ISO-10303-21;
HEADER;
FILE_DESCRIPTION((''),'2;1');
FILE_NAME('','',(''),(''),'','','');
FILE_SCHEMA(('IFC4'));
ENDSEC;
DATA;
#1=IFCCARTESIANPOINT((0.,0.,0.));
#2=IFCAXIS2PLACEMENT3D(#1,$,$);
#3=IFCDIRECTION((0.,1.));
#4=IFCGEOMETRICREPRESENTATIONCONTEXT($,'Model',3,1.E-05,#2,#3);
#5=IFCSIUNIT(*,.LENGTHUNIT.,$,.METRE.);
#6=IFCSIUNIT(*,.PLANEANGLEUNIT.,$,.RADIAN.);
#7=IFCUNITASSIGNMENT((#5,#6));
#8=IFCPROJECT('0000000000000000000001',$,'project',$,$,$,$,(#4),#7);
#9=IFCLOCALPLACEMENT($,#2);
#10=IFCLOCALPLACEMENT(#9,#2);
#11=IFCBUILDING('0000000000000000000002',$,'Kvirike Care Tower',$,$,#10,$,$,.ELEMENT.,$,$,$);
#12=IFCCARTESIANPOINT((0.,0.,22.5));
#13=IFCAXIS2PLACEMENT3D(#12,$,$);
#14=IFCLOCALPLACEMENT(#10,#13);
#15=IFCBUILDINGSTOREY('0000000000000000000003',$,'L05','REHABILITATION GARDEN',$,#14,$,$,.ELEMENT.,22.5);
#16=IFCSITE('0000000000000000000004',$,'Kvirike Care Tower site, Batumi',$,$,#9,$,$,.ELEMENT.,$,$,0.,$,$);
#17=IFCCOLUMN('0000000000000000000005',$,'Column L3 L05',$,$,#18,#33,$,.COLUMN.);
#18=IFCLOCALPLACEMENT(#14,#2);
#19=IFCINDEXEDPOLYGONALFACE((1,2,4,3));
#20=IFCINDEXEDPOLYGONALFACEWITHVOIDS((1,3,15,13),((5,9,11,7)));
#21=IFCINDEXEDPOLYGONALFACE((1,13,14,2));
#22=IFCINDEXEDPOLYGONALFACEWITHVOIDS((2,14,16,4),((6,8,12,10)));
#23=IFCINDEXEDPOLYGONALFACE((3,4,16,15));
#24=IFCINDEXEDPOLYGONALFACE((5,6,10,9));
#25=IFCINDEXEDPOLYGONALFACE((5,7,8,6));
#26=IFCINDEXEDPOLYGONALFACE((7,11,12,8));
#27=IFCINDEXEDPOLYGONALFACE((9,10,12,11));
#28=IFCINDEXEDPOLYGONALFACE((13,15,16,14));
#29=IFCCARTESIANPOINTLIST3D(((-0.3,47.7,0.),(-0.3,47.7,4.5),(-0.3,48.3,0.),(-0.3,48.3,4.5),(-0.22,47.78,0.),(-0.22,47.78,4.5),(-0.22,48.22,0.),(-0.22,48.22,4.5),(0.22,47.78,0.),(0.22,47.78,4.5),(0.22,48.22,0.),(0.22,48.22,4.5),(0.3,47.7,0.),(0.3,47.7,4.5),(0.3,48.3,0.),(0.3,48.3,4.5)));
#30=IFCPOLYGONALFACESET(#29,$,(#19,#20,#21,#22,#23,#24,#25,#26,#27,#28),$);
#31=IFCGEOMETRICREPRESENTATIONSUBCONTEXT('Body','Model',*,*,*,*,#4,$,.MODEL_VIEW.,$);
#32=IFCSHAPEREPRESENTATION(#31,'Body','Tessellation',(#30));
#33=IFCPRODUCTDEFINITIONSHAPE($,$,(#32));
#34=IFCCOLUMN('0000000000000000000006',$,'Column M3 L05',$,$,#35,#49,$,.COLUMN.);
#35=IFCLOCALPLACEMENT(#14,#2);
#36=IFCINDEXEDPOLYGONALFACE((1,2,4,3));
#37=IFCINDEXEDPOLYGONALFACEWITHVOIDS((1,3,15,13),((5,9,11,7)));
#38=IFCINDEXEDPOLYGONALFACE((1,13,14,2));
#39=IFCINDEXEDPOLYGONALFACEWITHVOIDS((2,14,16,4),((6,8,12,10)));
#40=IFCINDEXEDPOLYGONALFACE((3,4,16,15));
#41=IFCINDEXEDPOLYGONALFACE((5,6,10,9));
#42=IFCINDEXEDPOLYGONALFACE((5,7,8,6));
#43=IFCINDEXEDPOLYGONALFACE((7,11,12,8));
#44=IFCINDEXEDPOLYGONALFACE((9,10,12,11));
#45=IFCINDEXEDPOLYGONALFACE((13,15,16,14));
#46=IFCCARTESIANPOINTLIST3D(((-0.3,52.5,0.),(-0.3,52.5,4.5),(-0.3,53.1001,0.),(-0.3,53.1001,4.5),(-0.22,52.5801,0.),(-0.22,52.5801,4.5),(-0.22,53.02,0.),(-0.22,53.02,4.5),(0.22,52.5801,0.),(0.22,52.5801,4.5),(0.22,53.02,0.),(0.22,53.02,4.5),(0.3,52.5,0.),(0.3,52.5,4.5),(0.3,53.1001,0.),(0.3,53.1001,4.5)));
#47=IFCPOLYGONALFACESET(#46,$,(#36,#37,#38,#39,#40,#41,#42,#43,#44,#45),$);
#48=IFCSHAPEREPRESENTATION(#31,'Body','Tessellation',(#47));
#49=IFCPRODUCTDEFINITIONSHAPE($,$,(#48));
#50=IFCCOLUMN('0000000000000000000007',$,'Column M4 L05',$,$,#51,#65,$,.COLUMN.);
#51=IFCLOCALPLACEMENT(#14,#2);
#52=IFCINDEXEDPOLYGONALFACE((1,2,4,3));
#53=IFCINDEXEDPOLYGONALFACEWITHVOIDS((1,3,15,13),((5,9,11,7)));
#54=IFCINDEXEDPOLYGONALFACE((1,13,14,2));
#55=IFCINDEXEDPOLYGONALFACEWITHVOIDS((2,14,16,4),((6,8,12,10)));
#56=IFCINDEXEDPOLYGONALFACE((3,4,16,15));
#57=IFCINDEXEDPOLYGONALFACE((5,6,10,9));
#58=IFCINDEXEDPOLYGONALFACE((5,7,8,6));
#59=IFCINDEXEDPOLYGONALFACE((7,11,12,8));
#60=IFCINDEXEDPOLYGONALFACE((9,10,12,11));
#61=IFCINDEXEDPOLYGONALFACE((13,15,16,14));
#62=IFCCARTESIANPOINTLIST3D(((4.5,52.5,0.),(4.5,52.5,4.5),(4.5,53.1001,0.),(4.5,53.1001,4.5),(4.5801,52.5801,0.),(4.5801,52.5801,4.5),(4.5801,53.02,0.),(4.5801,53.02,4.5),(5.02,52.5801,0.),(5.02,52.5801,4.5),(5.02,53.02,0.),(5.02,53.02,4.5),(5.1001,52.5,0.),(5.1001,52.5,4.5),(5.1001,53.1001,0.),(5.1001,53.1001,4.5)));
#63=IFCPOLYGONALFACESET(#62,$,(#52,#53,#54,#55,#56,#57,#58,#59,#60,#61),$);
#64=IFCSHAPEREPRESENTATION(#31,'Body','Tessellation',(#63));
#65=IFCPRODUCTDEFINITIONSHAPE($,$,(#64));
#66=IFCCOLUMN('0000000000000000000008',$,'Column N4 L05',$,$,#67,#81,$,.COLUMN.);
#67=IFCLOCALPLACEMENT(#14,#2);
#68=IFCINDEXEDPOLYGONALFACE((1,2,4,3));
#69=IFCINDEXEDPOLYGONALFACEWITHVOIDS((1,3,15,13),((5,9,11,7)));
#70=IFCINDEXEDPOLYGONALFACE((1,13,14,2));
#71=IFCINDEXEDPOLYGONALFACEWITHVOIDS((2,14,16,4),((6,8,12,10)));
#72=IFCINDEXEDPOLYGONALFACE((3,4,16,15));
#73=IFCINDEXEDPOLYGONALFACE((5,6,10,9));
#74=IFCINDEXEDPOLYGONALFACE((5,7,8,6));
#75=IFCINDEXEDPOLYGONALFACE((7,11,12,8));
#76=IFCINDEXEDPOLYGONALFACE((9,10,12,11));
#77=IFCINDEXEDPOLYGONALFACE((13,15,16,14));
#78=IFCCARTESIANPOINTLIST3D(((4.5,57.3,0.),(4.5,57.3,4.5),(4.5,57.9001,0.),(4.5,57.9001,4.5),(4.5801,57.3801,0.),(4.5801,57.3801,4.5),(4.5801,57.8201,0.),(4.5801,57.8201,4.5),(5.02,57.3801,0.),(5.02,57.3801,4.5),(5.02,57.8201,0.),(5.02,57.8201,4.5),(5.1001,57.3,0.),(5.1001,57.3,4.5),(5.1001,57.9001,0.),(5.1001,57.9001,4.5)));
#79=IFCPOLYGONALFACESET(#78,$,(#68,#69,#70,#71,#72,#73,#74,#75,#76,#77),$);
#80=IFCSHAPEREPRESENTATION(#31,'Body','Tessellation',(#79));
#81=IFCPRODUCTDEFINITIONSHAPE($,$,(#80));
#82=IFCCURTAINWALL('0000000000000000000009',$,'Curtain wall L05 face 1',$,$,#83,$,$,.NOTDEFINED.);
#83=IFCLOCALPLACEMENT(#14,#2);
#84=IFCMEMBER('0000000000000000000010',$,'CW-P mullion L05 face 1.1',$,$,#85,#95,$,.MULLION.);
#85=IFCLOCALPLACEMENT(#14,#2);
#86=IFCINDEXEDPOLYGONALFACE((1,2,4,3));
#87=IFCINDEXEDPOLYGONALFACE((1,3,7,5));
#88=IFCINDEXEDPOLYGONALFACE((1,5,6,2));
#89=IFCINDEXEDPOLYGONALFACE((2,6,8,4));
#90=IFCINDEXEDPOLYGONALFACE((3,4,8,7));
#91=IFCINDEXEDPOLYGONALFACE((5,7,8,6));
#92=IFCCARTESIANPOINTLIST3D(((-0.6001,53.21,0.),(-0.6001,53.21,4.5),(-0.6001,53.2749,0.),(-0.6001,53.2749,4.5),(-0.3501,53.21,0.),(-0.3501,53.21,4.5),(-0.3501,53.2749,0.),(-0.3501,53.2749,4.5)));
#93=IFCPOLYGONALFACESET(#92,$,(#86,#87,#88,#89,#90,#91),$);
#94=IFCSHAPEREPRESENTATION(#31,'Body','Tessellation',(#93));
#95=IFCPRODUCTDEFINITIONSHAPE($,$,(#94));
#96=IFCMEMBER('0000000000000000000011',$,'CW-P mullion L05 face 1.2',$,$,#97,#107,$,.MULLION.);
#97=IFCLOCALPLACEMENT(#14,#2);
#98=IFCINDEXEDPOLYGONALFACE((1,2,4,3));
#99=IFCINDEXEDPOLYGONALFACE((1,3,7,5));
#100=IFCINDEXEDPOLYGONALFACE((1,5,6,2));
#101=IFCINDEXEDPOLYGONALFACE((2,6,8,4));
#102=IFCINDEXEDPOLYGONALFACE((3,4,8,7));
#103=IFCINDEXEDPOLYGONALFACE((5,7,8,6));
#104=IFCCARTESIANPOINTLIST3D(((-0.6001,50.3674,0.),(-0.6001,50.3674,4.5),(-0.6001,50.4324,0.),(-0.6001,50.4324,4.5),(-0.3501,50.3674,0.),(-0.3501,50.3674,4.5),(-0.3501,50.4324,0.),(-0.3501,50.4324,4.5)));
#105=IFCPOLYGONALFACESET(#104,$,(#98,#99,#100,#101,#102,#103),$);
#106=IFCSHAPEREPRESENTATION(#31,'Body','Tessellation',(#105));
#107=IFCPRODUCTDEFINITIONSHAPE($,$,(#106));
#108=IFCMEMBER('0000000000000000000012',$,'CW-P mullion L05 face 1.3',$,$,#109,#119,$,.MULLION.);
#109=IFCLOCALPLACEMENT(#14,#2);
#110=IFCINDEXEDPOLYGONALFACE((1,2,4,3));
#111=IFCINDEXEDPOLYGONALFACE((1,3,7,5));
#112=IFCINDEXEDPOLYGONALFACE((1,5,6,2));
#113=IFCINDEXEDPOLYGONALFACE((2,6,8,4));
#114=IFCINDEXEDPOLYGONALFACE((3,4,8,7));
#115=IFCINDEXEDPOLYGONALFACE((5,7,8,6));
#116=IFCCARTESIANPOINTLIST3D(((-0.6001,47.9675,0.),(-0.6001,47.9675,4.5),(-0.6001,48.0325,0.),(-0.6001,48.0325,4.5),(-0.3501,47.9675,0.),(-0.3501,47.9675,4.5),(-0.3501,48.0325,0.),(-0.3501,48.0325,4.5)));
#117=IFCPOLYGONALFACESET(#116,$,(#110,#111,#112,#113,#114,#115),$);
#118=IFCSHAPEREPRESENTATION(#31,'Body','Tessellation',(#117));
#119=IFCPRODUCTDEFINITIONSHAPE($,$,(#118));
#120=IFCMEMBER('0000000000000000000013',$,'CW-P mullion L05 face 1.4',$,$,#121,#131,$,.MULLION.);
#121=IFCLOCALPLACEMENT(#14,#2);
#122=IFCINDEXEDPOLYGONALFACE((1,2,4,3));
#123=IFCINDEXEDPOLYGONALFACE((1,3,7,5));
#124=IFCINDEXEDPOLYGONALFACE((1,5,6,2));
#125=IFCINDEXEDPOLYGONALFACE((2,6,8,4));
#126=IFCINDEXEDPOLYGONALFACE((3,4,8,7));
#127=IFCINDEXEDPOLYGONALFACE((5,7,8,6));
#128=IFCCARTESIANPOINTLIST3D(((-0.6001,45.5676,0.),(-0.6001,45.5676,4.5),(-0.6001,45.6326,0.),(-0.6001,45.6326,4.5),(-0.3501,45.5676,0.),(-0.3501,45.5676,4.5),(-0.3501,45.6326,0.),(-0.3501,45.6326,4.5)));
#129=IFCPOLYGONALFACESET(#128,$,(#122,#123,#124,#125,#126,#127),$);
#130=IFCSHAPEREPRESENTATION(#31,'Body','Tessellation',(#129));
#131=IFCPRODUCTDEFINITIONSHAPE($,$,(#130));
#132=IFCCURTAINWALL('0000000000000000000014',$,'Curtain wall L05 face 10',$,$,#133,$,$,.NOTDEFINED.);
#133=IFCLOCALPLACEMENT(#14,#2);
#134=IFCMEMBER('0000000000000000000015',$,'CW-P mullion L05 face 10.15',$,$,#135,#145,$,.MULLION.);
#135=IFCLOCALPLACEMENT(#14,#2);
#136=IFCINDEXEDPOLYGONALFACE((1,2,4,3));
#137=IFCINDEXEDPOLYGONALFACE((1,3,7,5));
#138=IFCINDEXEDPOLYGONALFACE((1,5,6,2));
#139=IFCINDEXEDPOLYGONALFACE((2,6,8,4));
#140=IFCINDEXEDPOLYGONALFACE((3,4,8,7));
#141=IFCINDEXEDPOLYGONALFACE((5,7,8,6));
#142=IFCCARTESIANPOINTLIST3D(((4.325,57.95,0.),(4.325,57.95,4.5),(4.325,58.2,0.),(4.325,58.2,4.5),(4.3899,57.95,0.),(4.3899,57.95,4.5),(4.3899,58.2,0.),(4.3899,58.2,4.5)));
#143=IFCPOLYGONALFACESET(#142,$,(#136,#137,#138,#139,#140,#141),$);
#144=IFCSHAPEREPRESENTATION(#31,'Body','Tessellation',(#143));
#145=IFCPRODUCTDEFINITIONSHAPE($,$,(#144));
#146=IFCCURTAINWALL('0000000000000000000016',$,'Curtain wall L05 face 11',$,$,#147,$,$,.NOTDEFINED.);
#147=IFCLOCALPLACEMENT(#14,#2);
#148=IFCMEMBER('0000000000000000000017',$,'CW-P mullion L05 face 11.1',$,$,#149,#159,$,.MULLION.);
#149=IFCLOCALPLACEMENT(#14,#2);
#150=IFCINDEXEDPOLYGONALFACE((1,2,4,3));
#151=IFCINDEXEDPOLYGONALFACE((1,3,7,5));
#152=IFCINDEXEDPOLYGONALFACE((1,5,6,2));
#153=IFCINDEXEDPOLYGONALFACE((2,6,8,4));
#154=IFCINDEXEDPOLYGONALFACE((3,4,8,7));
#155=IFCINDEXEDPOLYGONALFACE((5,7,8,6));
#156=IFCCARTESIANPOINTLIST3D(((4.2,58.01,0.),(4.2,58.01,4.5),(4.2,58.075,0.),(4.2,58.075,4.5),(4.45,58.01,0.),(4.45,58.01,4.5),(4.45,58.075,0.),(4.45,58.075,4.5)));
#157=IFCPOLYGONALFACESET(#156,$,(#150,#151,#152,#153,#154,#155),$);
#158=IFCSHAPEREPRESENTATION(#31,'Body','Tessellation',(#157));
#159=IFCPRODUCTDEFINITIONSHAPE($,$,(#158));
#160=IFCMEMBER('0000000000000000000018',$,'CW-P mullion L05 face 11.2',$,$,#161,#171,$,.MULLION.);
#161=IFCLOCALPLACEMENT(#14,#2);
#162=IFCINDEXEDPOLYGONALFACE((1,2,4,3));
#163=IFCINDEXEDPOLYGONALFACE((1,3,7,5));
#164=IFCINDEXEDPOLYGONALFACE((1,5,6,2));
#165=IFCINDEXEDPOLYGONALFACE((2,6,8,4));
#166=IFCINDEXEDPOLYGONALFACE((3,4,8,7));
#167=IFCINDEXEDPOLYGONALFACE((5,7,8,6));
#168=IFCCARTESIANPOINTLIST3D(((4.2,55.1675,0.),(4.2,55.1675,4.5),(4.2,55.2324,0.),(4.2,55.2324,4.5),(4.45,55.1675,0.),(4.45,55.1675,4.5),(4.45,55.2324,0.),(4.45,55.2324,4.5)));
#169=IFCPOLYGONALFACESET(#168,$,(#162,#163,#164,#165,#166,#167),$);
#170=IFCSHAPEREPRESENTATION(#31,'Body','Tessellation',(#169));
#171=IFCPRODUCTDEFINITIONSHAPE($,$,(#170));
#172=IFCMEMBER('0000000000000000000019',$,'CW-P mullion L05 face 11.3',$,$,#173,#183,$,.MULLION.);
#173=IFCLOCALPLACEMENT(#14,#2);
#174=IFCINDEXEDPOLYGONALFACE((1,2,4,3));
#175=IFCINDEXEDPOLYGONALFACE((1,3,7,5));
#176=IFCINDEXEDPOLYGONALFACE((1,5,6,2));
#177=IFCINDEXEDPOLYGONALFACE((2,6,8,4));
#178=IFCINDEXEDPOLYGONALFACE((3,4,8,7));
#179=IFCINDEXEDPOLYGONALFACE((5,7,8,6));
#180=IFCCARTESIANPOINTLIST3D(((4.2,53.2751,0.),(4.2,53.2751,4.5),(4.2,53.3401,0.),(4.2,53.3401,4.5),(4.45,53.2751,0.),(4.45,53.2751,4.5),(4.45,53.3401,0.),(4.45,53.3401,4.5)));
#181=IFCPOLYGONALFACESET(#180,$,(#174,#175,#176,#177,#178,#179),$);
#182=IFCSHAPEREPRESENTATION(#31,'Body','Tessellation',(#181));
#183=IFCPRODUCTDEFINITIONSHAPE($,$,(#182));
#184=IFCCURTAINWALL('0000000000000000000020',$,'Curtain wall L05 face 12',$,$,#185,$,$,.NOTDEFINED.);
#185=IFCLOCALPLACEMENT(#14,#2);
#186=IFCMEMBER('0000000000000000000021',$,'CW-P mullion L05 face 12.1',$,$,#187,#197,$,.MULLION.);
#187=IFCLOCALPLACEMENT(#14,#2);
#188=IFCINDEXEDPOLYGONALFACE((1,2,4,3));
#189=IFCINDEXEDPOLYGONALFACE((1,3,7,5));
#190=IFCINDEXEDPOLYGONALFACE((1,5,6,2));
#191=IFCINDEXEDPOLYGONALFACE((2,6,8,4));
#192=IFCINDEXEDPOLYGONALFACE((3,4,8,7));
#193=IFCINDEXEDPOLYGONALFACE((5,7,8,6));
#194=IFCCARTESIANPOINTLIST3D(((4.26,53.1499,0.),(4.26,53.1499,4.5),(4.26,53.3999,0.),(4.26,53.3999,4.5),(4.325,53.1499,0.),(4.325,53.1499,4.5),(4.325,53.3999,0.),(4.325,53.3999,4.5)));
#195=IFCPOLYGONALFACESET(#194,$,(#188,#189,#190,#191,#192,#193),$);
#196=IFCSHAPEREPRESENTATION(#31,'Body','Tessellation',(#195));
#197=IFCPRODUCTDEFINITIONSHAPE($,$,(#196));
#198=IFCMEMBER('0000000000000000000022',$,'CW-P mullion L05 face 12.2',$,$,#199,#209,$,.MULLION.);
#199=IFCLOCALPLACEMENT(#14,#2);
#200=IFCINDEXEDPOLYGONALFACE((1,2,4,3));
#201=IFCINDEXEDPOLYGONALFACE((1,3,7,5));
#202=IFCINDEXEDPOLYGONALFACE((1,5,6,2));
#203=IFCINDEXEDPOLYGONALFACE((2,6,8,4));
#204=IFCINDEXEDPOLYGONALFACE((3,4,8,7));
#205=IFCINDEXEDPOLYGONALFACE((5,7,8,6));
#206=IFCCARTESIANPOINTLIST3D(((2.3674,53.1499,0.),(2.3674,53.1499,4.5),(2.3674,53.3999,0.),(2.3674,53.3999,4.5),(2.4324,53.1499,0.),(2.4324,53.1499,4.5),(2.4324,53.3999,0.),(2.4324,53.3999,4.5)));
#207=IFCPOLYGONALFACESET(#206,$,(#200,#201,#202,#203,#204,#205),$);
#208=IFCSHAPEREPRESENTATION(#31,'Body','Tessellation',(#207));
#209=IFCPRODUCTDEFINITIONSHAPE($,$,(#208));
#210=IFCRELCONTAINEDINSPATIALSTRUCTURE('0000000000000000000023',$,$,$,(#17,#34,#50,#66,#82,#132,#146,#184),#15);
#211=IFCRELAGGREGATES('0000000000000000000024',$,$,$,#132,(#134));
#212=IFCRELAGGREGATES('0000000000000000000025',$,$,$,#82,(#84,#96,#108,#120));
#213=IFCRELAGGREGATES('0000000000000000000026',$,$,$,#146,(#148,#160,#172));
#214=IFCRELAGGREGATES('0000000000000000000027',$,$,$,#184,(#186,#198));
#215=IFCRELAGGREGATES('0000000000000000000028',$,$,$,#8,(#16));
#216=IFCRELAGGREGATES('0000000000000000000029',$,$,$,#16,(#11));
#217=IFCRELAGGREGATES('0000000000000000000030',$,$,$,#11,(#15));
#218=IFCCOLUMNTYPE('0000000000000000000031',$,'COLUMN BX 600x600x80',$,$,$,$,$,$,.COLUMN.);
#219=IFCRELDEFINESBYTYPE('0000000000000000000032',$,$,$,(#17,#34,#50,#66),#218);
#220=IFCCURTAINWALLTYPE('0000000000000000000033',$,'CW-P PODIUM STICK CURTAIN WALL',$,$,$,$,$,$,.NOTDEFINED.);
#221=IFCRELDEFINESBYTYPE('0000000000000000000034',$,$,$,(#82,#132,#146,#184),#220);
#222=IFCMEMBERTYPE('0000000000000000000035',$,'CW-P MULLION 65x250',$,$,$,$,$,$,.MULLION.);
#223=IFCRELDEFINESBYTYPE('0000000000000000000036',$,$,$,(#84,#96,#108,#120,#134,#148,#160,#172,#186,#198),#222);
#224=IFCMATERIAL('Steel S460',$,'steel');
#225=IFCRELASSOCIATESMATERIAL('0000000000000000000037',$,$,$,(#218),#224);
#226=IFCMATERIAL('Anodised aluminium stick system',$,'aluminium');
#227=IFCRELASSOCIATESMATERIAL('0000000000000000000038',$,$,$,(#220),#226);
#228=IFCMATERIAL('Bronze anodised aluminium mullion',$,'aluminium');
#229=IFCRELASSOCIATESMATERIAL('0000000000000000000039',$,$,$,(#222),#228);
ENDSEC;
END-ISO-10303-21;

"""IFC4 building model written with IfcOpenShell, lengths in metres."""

from ifc_helpers import new_model, si_unit, direction, frame, origin, origin_2d, place, context, subcontext, project, spatial, rectangle, hollow_rectangle, extrude, material, material_profile, profile_set, type_object, element, aggregate, save


model = new_model("IFC4")

# Units and contexts
model_context = context("Model", 3, precision=1e-05, world=origin(), true_north=direction((0.0, 1.0)))
body_context = subcontext(model_context, "Body", "Model", "MODEL_VIEW")
ifc_project = project(units=[si_unit("LENGTHUNIT", "METRE"), si_unit("PLANEANGLEUNIT", "RADIAN")], contexts=[model_context])

# Site, building, storey
site_placement = place(None, origin())
site = spatial("IfcSite", under=ifc_project, at=site_placement, Name="Kvirike Care Tower site, Batumi", CompositionType="ELEMENT", RefElevation=0.0)
building_placement = place(site_placement, origin())
building = spatial("IfcBuilding", under=site, at=building_placement, Name="Kvirike Care Tower", CompositionType="ELEMENT")
storey_placement = place(building_placement, frame((0.0, 0.0, 22.5)))
storey = spatial("IfcBuildingStorey", under=building, at=storey_placement, Name="L05", Description="REHABILITATION GARDEN", CompositionType="ELEMENT", Elevation=22.5)

# Columns
ifc_material_1 = material(Name="Steel S460", Category="steel")
ifc_material_profile_1 = material_profile(ifc_material_1, hollow_rectangle(XDim=0.6001, YDim=0.6001, WallThickness=0.0801, at=origin_2d()), Name="BX 600x600x80")
ifc_profile_set_1 = profile_set([ifc_material_profile_1], Name="Steel S460")
column_type = type_object("IfcColumnType", Name="COLUMN BX 600x600x80", PredefinedType="COLUMN", material=ifc_profile_set_1)
for number, where, z_axis, x_axis, name in (
    (1, (0.0, 48.0, 0.0), (0.0, 0.0, 1.0), (1.0, 0.0, 0.0), "Column L3 L05"),
    (2, (0.0, 52.8, 0.0), (0.0, 0.0, 1.0), (0.0, 1.0, 0.0), "Column M3 L05"),
    (3, (4.8, 52.8, 0.0), (0.0, 0.0, 1.0), (0.0, 1.0, 0.0), "Column M4 L05"),
    (4, (4.8, 57.6001, 0.0), (0.0, 0.0, 1.0), (0.0, 1.0, 0.0), "Column N4 L05"),
):
    element("IfcColumn", number, at=place(storey_placement, frame(where, z_axis=z_axis, x_axis=x_axis)), inside=storey, type_object=column_type, Name=name, PredefinedType="COLUMN", context=body_context, shape_type="SweptSolid", body=[
        extrude(hollow_rectangle(XDim=0.6001, YDim=0.6001, WallThickness=0.0801, at=origin_2d()), origin(), (0.0, 0.0, 1.0), 4.5),
    ])

# Curtain wall, members
ifc_material_2 = material(Name="Anodised aluminium stick system", Category="aluminium")
curtain_wall_type = type_object("IfcCurtainWallType", Name="CW-P PODIUM STICK CURTAIN WALL", PredefinedType="NOTDEFINED", material=ifc_material_2)
curtain_wall_1_placement = place(storey_placement, origin())
curtain_wall_1 = element("IfcCurtainWall", 5, at=curtain_wall_1_placement, inside=storey, type_object=curtain_wall_type, Name="Curtain wall L05 face 1", PredefinedType="NOTDEFINED")
ifc_material_3 = material(Name="Bronze anodised aluminium mullion", Category="aluminium")
ifc_material_profile_2 = material_profile(ifc_material_3, rectangle(XDim=0.0649, YDim=0.25, at=origin_2d()), Name="CW-P MULLION 65x250")
ifc_profile_set_2 = profile_set([ifc_material_profile_2], Name="Bronze anodised aluminium mullion")
member_type_1 = type_object("IfcMemberType", Name="CW-P MULLION 65x250", PredefinedType="MULLION", material=ifc_profile_set_2)
member_1_placement = place(storey_placement, frame((-0.4751, 53.2424, 0.0), z_axis=(0.0, 0.0, 1.0), x_axis=(0.0, -1.0, 0.0)))
member_1 = element("IfcMember", 6, at=member_1_placement, type_object=member_type_1, Name="CW-P mullion L05 face 1.1", PredefinedType="MULLION", context=body_context, shape_type="SweptSolid", body=[
    extrude(rectangle(XDim=0.0649, YDim=0.25, at=origin_2d()), origin(), (0.0, 0.0, 1.0), 4.5),
])
member_2_placement = place(storey_placement, frame((-0.4751, 50.3999, 0.0), z_axis=(0.0, 0.0, 1.0), x_axis=(0.0, -1.0, 0.0)))
member_2 = element("IfcMember", 7, at=member_2_placement, type_object=member_type_1, Name="CW-P mullion L05 face 1.2", PredefinedType="MULLION", context=body_context, shape_type="SweptSolid", body=[
    extrude(rectangle(XDim=0.0649, YDim=0.25, at=origin_2d()), origin(), (0.0, 0.0, 1.0), 4.5),
])
member_3_placement = place(storey_placement, frame((-0.4751, 48.0, 0.0), z_axis=(0.0, 0.0, 1.0), x_axis=(0.0, -1.0, 0.0)))
member_3 = element("IfcMember", 8, at=member_3_placement, type_object=member_type_1, Name="CW-P mullion L05 face 1.3", PredefinedType="MULLION", context=body_context, shape_type="SweptSolid", body=[
    extrude(rectangle(XDim=0.0649, YDim=0.25, at=origin_2d()), origin(), (0.0, 0.0, 1.0), 4.5),
])
member_4_placement = place(storey_placement, frame((-0.4751, 45.6001, 0.0), z_axis=(0.0, 0.0, 1.0), x_axis=(0.0, -1.0, 0.0)))
member_4 = element("IfcMember", 9, at=member_4_placement, type_object=member_type_1, Name="CW-P mullion L05 face 1.4", PredefinedType="MULLION", context=body_context, shape_type="SweptSolid", body=[
    extrude(rectangle(XDim=0.0649, YDim=0.25, at=origin_2d()), origin(), (0.0, 0.0, 1.0), 4.5),
])

# Curtain wall, member
curtain_wall_2_placement = place(storey_placement, origin())
curtain_wall_2 = element("IfcCurtainWall", 10, at=curtain_wall_2_placement, inside=storey, type_object=curtain_wall_type, Name="Curtain wall L05 face 10", PredefinedType="NOTDEFINED")
member_5_placement = place(storey_placement, frame((4.3574, 58.075, 0.0), z_axis=(0.0, 0.0, 1.0), x_axis=(-1.0, 0.0, 0.0)))
member_5 = element("IfcMember", 11, at=member_5_placement, type_object=member_type_1, Name="CW-P mullion L05 face 10.15", PredefinedType="MULLION", context=body_context, shape_type="SweptSolid", body=[
    extrude(rectangle(XDim=0.0649, YDim=0.25, at=origin_2d()), origin(), (0.0, 0.0, 1.0), 4.5),
])
aggregate(curtain_wall_2, [member_5])

# Curtain walls, members
curtain_wall_3_placement = place(storey_placement, origin())
curtain_wall_3 = element("IfcCurtainWall", 12, at=curtain_wall_3_placement, inside=storey, type_object=curtain_wall_type, Name="Curtain wall L05 face 11", PredefinedType="NOTDEFINED")
member_6_placement = place(storey_placement, frame((4.325, 58.0425, 0.0), z_axis=(0.0, 0.0, 1.0), x_axis=(0.0, -1.0, 0.0)))
member_6 = element("IfcMember", 13, at=member_6_placement, type_object=member_type_1, Name="CW-P mullion L05 face 11.1", PredefinedType="MULLION", context=body_context, shape_type="SweptSolid", body=[
    extrude(rectangle(XDim=0.0649, YDim=0.25, at=origin_2d()), origin(), (0.0, 0.0, 1.0), 4.5),
])
member_7_placement = place(storey_placement, frame((4.325, 55.2, 0.0), z_axis=(0.0, 0.0, 1.0), x_axis=(0.0, -1.0, 0.0)))
member_7 = element("IfcMember", 14, at=member_7_placement, type_object=member_type_1, Name="CW-P mullion L05 face 11.2", PredefinedType="MULLION", context=body_context, shape_type="SweptSolid", body=[
    extrude(rectangle(XDim=0.0649, YDim=0.25, at=origin_2d()), origin(), (0.0, 0.0, 1.0), 4.5),
])
member_8_placement = place(storey_placement, frame((4.325, 53.3076, 0.0), z_axis=(0.0, 0.0, 1.0), x_axis=(0.0, -1.0, 0.0)))
member_8 = element("IfcMember", 15, at=member_8_placement, type_object=member_type_1, Name="CW-P mullion L05 face 11.3", PredefinedType="MULLION", context=body_context, shape_type="SweptSolid", body=[
    extrude(rectangle(XDim=0.0649, YDim=0.25, at=origin_2d()), origin(), (0.0, 0.0, 1.0), 4.5),
])
curtain_wall_4_placement = place(storey_placement, origin())
curtain_wall_4 = element("IfcCurtainWall", 16, at=curtain_wall_4_placement, inside=storey, type_object=curtain_wall_type, Name="Curtain wall L05 face 12", PredefinedType="NOTDEFINED")
member_9_placement = place(storey_placement, frame((4.2925, 53.2749, 0.0), z_axis=(0.0, 0.0, 1.0), x_axis=(-1.0, 0.0, 0.0)))
member_9 = element("IfcMember", 17, at=member_9_placement, type_object=member_type_1, Name="CW-P mullion L05 face 12.1", PredefinedType="MULLION", context=body_context, shape_type="SweptSolid", body=[
    extrude(rectangle(XDim=0.0649, YDim=0.25, at=origin_2d()), origin(), (0.0, 0.0, 1.0), 4.5),
])
member_10_placement = place(storey_placement, frame((2.3999, 53.2749, 0.0), z_axis=(0.0, 0.0, 1.0), x_axis=(-1.0, 0.0, 0.0)))
member_10 = element("IfcMember", 18, at=member_10_placement, type_object=member_type_1, Name="CW-P mullion L05 face 12.2", PredefinedType="MULLION", context=body_context, shape_type="SweptSolid", body=[
    extrude(rectangle(XDim=0.0649, YDim=0.25, at=origin_2d()), origin(), (0.0, 0.0, 1.0), 4.5),
])

aggregate(curtain_wall_1, [member_1, member_2, member_3, member_4])
aggregate(curtain_wall_3, [member_6, member_7, member_8])
aggregate(curtain_wall_4, [member_9, member_10])

save(model, "model.ifc")
